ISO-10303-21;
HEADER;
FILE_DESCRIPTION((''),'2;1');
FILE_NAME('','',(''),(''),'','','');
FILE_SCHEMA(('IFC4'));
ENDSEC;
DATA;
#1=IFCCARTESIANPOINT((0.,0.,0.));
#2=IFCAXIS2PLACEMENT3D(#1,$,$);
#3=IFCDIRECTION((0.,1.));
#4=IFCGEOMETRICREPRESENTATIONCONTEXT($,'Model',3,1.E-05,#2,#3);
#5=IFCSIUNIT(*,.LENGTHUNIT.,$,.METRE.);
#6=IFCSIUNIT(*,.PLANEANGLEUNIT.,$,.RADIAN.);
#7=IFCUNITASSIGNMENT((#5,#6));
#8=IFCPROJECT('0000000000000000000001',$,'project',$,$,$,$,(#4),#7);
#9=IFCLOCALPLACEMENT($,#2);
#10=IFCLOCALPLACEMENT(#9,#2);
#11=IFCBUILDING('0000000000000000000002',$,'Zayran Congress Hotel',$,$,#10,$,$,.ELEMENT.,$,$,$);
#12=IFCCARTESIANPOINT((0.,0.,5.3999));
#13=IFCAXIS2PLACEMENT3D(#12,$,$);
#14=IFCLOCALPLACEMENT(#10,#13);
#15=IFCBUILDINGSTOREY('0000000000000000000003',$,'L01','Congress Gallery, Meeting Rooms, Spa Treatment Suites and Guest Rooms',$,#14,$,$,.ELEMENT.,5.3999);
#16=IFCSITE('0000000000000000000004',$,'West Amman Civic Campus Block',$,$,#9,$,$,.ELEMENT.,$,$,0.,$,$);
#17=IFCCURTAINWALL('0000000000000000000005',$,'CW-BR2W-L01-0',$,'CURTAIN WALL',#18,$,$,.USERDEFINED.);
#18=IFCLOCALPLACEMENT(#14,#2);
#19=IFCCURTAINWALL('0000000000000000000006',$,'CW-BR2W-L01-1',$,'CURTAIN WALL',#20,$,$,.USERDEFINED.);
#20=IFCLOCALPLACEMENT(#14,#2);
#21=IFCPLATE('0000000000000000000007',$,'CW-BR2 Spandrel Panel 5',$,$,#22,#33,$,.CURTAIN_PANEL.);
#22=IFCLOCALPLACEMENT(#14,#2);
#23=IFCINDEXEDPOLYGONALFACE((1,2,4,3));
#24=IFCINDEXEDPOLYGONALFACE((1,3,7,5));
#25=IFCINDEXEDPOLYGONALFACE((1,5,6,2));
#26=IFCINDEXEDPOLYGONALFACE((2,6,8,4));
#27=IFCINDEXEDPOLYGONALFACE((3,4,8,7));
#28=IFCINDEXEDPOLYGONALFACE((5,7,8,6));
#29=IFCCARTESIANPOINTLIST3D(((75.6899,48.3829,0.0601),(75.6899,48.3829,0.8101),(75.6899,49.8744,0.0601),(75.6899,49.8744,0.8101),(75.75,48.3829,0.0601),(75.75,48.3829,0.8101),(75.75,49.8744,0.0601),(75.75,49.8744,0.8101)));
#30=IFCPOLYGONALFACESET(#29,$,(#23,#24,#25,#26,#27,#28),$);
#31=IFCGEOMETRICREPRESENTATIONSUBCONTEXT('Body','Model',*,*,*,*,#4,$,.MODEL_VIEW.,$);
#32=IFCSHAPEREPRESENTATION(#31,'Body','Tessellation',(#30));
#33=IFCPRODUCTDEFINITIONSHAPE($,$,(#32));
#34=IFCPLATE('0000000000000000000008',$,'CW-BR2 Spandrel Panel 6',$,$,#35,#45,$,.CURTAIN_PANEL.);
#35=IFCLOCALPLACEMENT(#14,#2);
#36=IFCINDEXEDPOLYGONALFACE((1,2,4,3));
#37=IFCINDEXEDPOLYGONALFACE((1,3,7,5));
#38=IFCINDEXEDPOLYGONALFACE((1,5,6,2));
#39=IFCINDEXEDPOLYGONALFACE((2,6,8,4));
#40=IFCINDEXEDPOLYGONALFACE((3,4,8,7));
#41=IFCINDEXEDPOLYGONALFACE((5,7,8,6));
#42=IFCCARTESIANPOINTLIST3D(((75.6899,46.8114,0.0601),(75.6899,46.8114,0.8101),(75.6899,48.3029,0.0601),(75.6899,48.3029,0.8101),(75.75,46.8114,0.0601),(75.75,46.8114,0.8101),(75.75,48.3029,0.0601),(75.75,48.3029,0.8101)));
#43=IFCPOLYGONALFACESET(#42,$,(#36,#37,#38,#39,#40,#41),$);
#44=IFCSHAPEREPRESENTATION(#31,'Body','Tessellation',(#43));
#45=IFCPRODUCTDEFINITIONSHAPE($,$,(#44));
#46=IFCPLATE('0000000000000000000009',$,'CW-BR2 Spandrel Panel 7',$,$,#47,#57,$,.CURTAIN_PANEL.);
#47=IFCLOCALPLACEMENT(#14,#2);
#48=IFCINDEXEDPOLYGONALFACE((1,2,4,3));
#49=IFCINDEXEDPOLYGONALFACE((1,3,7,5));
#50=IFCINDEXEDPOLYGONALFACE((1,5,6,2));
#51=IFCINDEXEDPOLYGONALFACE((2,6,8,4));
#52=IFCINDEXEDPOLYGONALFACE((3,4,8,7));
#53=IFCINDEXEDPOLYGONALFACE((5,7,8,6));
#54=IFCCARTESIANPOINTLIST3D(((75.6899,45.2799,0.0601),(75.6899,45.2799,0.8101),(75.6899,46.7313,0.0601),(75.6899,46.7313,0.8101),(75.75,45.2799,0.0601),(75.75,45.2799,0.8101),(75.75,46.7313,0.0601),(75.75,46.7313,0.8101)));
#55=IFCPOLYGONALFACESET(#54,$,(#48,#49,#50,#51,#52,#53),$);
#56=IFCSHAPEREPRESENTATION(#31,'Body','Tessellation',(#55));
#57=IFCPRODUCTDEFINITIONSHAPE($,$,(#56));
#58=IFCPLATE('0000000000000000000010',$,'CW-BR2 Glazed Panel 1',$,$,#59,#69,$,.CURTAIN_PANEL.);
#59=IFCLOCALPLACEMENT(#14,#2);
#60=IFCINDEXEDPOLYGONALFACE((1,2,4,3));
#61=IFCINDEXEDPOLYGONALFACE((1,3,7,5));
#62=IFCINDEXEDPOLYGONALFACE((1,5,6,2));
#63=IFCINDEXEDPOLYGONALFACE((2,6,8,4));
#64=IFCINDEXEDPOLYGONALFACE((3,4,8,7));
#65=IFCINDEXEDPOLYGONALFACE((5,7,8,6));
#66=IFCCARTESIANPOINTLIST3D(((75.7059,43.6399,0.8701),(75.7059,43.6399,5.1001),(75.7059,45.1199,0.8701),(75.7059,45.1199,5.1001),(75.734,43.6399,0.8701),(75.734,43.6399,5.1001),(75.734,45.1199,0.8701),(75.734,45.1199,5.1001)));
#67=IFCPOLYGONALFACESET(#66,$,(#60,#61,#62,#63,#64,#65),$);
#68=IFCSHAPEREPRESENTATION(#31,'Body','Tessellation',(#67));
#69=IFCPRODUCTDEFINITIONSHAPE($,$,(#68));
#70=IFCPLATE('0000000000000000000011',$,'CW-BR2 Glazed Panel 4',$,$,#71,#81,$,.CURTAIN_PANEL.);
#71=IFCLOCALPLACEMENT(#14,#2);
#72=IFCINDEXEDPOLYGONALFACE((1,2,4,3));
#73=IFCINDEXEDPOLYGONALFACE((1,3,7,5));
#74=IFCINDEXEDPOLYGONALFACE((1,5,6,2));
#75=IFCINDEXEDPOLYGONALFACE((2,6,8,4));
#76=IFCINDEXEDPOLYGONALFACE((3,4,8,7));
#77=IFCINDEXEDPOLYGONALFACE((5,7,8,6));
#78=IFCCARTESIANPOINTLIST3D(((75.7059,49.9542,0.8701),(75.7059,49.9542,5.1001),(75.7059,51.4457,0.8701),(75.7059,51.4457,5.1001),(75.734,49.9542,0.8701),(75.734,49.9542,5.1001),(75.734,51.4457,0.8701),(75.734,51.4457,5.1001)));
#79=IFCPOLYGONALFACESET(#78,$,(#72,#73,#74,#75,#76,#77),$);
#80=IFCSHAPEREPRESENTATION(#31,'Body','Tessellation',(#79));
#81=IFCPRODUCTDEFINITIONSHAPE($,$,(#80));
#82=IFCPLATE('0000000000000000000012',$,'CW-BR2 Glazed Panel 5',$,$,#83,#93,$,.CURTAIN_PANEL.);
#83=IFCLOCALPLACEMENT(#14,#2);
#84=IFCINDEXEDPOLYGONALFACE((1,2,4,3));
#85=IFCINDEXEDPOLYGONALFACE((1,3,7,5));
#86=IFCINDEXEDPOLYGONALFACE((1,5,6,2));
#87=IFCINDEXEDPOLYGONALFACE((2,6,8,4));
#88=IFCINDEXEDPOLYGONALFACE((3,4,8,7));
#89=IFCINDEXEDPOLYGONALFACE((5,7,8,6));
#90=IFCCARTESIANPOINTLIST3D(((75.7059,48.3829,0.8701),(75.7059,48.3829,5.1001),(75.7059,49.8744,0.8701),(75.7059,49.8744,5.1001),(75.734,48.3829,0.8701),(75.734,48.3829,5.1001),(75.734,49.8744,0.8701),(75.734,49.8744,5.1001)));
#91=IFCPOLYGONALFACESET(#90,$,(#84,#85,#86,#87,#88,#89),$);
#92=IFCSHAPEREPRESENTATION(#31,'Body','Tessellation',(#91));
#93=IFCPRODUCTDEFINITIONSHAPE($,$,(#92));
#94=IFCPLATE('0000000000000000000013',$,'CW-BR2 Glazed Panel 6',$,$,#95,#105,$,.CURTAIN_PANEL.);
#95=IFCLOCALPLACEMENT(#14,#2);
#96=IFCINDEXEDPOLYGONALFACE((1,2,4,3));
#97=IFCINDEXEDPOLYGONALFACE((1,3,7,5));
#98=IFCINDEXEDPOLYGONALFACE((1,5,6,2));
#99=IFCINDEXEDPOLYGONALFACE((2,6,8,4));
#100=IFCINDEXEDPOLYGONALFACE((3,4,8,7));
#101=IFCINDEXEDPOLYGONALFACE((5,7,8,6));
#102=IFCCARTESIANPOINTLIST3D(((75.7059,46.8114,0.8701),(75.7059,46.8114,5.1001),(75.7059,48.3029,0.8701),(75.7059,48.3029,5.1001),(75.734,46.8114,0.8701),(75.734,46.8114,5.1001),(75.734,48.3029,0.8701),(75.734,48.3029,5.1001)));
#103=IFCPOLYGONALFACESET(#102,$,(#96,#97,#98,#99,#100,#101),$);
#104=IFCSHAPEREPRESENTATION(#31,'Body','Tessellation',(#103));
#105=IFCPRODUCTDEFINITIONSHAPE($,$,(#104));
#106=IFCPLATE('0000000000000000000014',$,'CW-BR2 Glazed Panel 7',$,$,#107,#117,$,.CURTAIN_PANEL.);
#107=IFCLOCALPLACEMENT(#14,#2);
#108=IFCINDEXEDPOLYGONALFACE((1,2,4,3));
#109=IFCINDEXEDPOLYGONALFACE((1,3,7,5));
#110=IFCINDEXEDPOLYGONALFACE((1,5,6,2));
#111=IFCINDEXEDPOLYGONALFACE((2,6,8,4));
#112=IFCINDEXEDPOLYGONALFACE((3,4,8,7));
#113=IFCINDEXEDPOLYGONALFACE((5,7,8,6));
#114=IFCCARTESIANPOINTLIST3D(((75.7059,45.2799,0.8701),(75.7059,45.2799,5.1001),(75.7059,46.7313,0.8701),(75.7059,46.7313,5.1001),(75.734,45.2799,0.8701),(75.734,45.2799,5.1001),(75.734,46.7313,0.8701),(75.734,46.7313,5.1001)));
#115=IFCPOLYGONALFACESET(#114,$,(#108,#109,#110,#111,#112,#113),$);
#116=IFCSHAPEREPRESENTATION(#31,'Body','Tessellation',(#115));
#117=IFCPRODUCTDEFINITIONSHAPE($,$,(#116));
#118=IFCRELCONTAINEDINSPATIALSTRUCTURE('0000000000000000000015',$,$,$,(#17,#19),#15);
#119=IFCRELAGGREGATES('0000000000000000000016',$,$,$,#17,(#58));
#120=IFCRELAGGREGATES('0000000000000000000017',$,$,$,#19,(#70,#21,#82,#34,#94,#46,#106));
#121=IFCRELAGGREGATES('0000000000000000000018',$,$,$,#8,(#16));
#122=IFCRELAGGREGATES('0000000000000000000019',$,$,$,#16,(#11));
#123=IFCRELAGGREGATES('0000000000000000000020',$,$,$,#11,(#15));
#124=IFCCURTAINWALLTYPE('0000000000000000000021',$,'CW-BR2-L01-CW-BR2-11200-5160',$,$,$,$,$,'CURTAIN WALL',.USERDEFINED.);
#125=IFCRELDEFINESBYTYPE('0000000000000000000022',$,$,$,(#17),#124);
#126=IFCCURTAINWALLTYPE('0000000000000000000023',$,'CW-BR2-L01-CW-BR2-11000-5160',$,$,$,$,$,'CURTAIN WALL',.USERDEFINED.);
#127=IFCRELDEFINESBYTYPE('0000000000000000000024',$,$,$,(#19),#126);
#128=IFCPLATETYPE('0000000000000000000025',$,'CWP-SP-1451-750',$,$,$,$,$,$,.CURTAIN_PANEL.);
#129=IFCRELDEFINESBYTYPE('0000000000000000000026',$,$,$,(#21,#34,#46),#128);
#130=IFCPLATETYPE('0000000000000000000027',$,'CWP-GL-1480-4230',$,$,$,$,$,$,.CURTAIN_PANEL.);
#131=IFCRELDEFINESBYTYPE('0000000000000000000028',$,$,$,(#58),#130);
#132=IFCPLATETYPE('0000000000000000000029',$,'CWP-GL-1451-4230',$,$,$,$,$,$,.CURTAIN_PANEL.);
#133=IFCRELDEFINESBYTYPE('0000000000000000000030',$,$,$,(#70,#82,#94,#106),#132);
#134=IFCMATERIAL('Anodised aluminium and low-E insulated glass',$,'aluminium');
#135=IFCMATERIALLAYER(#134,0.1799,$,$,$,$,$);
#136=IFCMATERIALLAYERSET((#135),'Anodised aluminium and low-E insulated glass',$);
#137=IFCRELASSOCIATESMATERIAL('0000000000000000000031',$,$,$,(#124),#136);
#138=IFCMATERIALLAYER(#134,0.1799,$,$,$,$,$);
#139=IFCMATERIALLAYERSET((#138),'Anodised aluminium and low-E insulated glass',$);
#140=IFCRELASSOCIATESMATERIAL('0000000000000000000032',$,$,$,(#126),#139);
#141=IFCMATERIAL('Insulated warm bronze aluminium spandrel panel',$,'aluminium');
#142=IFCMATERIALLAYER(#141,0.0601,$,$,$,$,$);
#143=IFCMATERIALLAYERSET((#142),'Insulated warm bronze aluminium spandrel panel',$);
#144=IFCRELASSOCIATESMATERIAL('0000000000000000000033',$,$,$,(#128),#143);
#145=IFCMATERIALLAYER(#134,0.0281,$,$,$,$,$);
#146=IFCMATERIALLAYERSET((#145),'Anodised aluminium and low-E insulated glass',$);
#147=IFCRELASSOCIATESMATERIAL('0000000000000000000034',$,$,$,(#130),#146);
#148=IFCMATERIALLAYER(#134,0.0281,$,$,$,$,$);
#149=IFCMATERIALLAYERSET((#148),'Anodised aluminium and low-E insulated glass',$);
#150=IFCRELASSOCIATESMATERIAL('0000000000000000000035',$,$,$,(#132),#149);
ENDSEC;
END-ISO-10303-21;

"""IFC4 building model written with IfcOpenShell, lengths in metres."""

from ifc_helpers import new_model, si_unit, direction, frame, origin, origin_2d, place, context, subcontext, project, spatial, rectangle, extrude, material, layer, layer_set, type_object, element, aggregate, save


model = new_model("IFC4")

# Units and contexts
model_context = context("Model", 3, precision=1e-05, world=origin(), true_north=direction((0.0, 1.0)))
body_context = subcontext(model_context, "Body", "Model", "MODEL_VIEW")
ifc_project = project(units=[si_unit("LENGTHUNIT", "METRE"), si_unit("PLANEANGLEUNIT", "RADIAN")], contexts=[model_context])

# Site, building, storey
site_placement = place(None, origin())
site = spatial("IfcSite", under=ifc_project, at=site_placement, Name="West Amman Civic Campus Block", CompositionType="ELEMENT", RefElevation=0.0)
building_placement = place(site_placement, origin())
building = spatial("IfcBuilding", under=site, at=building_placement, Name="Zayran Congress Hotel", CompositionType="ELEMENT")
storey_placement = place(building_placement, frame((0.0, 0.0, 5.3999)))
storey = spatial("IfcBuildingStorey", under=building, at=storey_placement, Name="L01", Description="Congress Gallery, Meeting Rooms, Spa Treatment Suites and Guest Rooms", CompositionType="ELEMENT", Elevation=5.3999)

# Curtain wall
ifc_material_1 = material(Name="Anodised aluminium and low-E insulated glass", Category="aluminium")
ifc_layer_1 = layer(ifc_material_1, 0.1799)
ifc_layer_set_1 = layer_set([ifc_layer_1], Name="Anodised aluminium and low-E insulated glass")
curtain_wall_type_1 = type_object("IfcCurtainWallType", Name="CW-BR2-L01-CW-BR2-11200-5160", ElementType="CURTAIN WALL", PredefinedType="USERDEFINED", material=ifc_layer_set_1)
curtain_wall_1_placement = place(storey_placement, origin())
curtain_wall_1 = element("IfcCurtainWall", 1, at=curtain_wall_1_placement, inside=storey, type_object=curtain_wall_type_1, Name="CW-BR2W-L01-0", ObjectType="CURTAIN WALL", PredefinedType="USERDEFINED")

# Curtain wall
ifc_layer_2 = layer(ifc_material_1, 0.1799)
ifc_layer_set_2 = layer_set([ifc_layer_2], Name="Anodised aluminium and low-E insulated glass")
curtain_wall_type_2 = type_object("IfcCurtainWallType", Name="CW-BR2-L01-CW-BR2-11000-5160", ElementType="CURTAIN WALL", PredefinedType="USERDEFINED", material=ifc_layer_set_2)
curtain_wall_2_placement = place(storey_placement, origin())
curtain_wall_2 = element("IfcCurtainWall", 2, at=curtain_wall_2_placement, inside=storey, type_object=curtain_wall_type_2, Name="CW-BR2W-L01-1", ObjectType="CURTAIN WALL", PredefinedType="USERDEFINED")

# Plates
ifc_material_2 = material(Name="Insulated warm bronze aluminium spandrel panel", Category="aluminium")
ifc_layer_3 = layer(ifc_material_2, 0.0601)
ifc_layer_set_3 = layer_set([ifc_layer_3], Name="Insulated warm bronze aluminium spandrel panel")
plate_type_1 = type_object("IfcPlateType", Name="CWP-SP-1451-750", PredefinedType="CURTAIN_PANEL", material=ifc_layer_set_3)
plate_1_placement = place(storey_placement, frame((75.72, 49.1287, 0.0601), z_axis=(0.0, 0.0, 1.0), x_axis=(0.0, 1.0, 0.0)))
plate_1 = element("IfcPlate", 3, at=plate_1_placement, type_object=plate_type_1, Name="CW-BR2 Spandrel Panel 5", PredefinedType="CURTAIN_PANEL", context=body_context, shape_type="SweptSolid", body=[
    extrude(rectangle(XDim=1.4915, YDim=0.0601, at=origin_2d()), origin(), (0.0, 0.0, 1.0), 0.75),
])
plate_2_placement = place(storey_placement, frame((75.72, 47.5571, 0.0601), z_axis=(0.0, 0.0, 1.0), x_axis=(0.0, 1.0, 0.0)))
plate_2 = element("IfcPlate", 4, at=plate_2_placement, type_object=plate_type_1, Name="CW-BR2 Spandrel Panel 6", PredefinedType="CURTAIN_PANEL", context=body_context, shape_type="SweptSolid", body=[
    extrude(rectangle(XDim=1.4915, YDim=0.0601, at=origin_2d()), origin(), (0.0, 0.0, 1.0), 0.75),
])
plate_3_placement = place(storey_placement, frame((75.72, 46.0056, 0.0601), z_axis=(0.0, 0.0, 1.0), x_axis=(0.0, 1.0, 0.0)))
plate_3 = element("IfcPlate", 5, at=plate_3_placement, type_object=plate_type_1, Name="CW-BR2 Spandrel Panel 7", PredefinedType="CURTAIN_PANEL", context=body_context, shape_type="SweptSolid", body=[
    extrude(rectangle(XDim=1.4514, YDim=0.0601, at=origin_2d()), origin(), (0.0, 0.0, 1.0), 0.75),
])
ifc_layer_4 = layer(ifc_material_1, 0.0281)
ifc_layer_set_4 = layer_set([ifc_layer_4], Name="Anodised aluminium and low-E insulated glass")
plate_type_2 = type_object("IfcPlateType", Name="CWP-GL-1480-4230", PredefinedType="CURTAIN_PANEL", material=ifc_layer_set_4)
plate_4_placement = place(storey_placement, frame((75.72, 44.3799, 0.8701), z_axis=(0.0, 0.0, 1.0), x_axis=(0.0, 1.0, 0.0)))
plate_4 = element("IfcPlate", 6, at=plate_4_placement, type_object=plate_type_2, Name="CW-BR2 Glazed Panel 1", PredefinedType="CURTAIN_PANEL", context=body_context, shape_type="SweptSolid", body=[
    extrude(rectangle(XDim=1.48, YDim=0.0281, at=origin_2d()), origin(), (0.0, 0.0, 1.0), 4.23),
])
aggregate(curtain_wall_1, [plate_4])
ifc_layer_5 = layer(ifc_material_1, 0.0281)
ifc_layer_set_5 = layer_set([ifc_layer_5], Name="Anodised aluminium and low-E insulated glass")
plate_type_3 = type_object("IfcPlateType", Name="CWP-GL-1451-4230", PredefinedType="CURTAIN_PANEL", material=ifc_layer_set_5)
plate_5_placement = place(storey_placement, frame((75.72, 50.7, 0.8701), z_axis=(0.0, 0.0, 1.0), x_axis=(0.0, 1.0, 0.0)))
plate_5 = element("IfcPlate", 7, at=plate_5_placement, type_object=plate_type_3, Name="CW-BR2 Glazed Panel 4", PredefinedType="CURTAIN_PANEL", context=body_context, shape_type="SweptSolid", body=[
    extrude(rectangle(XDim=1.4915, YDim=0.0281, at=origin_2d()), origin(), (0.0, 0.0, 1.0), 4.23),
])
plate_6_placement = place(storey_placement, frame((75.72, 49.1287, 0.8701), z_axis=(0.0, 0.0, 1.0), x_axis=(0.0, 1.0, 0.0)))
plate_6 = element("IfcPlate", 8, at=plate_6_placement, type_object=plate_type_3, Name="CW-BR2 Glazed Panel 5", PredefinedType="CURTAIN_PANEL", context=body_context, shape_type="SweptSolid", body=[
    extrude(rectangle(XDim=1.4915, YDim=0.0281, at=origin_2d()), origin(), (0.0, 0.0, 1.0), 4.23),
])
plate_7_placement = place(storey_placement, frame((75.72, 47.5571, 0.8701), z_axis=(0.0, 0.0, 1.0), x_axis=(0.0, 1.0, 0.0)))
plate_7 = element("IfcPlate", 9, at=plate_7_placement, type_object=plate_type_3, Name="CW-BR2 Glazed Panel 6", PredefinedType="CURTAIN_PANEL", context=body_context, shape_type="SweptSolid", body=[
    extrude(rectangle(XDim=1.4915, YDim=0.0281, at=origin_2d()), origin(), (0.0, 0.0, 1.0), 4.23),
])
plate_8_placement = place(storey_placement, frame((75.72, 46.0056, 0.8701), z_axis=(0.0, 0.0, 1.0), x_axis=(0.0, 1.0, 0.0)))
plate_8 = element("IfcPlate", 10, at=plate_8_placement, type_object=plate_type_3, Name="CW-BR2 Glazed Panel 7", PredefinedType="CURTAIN_PANEL", context=body_context, shape_type="SweptSolid", body=[
    extrude(rectangle(XDim=1.4514, YDim=0.0281, at=origin_2d()), origin(), (0.0, 0.0, 1.0), 4.23),
])
aggregate(curtain_wall_2, [plate_5, plate_1, plate_6, plate_2, plate_7, plate_3, plate_8])

save(model, "model.ifc")
